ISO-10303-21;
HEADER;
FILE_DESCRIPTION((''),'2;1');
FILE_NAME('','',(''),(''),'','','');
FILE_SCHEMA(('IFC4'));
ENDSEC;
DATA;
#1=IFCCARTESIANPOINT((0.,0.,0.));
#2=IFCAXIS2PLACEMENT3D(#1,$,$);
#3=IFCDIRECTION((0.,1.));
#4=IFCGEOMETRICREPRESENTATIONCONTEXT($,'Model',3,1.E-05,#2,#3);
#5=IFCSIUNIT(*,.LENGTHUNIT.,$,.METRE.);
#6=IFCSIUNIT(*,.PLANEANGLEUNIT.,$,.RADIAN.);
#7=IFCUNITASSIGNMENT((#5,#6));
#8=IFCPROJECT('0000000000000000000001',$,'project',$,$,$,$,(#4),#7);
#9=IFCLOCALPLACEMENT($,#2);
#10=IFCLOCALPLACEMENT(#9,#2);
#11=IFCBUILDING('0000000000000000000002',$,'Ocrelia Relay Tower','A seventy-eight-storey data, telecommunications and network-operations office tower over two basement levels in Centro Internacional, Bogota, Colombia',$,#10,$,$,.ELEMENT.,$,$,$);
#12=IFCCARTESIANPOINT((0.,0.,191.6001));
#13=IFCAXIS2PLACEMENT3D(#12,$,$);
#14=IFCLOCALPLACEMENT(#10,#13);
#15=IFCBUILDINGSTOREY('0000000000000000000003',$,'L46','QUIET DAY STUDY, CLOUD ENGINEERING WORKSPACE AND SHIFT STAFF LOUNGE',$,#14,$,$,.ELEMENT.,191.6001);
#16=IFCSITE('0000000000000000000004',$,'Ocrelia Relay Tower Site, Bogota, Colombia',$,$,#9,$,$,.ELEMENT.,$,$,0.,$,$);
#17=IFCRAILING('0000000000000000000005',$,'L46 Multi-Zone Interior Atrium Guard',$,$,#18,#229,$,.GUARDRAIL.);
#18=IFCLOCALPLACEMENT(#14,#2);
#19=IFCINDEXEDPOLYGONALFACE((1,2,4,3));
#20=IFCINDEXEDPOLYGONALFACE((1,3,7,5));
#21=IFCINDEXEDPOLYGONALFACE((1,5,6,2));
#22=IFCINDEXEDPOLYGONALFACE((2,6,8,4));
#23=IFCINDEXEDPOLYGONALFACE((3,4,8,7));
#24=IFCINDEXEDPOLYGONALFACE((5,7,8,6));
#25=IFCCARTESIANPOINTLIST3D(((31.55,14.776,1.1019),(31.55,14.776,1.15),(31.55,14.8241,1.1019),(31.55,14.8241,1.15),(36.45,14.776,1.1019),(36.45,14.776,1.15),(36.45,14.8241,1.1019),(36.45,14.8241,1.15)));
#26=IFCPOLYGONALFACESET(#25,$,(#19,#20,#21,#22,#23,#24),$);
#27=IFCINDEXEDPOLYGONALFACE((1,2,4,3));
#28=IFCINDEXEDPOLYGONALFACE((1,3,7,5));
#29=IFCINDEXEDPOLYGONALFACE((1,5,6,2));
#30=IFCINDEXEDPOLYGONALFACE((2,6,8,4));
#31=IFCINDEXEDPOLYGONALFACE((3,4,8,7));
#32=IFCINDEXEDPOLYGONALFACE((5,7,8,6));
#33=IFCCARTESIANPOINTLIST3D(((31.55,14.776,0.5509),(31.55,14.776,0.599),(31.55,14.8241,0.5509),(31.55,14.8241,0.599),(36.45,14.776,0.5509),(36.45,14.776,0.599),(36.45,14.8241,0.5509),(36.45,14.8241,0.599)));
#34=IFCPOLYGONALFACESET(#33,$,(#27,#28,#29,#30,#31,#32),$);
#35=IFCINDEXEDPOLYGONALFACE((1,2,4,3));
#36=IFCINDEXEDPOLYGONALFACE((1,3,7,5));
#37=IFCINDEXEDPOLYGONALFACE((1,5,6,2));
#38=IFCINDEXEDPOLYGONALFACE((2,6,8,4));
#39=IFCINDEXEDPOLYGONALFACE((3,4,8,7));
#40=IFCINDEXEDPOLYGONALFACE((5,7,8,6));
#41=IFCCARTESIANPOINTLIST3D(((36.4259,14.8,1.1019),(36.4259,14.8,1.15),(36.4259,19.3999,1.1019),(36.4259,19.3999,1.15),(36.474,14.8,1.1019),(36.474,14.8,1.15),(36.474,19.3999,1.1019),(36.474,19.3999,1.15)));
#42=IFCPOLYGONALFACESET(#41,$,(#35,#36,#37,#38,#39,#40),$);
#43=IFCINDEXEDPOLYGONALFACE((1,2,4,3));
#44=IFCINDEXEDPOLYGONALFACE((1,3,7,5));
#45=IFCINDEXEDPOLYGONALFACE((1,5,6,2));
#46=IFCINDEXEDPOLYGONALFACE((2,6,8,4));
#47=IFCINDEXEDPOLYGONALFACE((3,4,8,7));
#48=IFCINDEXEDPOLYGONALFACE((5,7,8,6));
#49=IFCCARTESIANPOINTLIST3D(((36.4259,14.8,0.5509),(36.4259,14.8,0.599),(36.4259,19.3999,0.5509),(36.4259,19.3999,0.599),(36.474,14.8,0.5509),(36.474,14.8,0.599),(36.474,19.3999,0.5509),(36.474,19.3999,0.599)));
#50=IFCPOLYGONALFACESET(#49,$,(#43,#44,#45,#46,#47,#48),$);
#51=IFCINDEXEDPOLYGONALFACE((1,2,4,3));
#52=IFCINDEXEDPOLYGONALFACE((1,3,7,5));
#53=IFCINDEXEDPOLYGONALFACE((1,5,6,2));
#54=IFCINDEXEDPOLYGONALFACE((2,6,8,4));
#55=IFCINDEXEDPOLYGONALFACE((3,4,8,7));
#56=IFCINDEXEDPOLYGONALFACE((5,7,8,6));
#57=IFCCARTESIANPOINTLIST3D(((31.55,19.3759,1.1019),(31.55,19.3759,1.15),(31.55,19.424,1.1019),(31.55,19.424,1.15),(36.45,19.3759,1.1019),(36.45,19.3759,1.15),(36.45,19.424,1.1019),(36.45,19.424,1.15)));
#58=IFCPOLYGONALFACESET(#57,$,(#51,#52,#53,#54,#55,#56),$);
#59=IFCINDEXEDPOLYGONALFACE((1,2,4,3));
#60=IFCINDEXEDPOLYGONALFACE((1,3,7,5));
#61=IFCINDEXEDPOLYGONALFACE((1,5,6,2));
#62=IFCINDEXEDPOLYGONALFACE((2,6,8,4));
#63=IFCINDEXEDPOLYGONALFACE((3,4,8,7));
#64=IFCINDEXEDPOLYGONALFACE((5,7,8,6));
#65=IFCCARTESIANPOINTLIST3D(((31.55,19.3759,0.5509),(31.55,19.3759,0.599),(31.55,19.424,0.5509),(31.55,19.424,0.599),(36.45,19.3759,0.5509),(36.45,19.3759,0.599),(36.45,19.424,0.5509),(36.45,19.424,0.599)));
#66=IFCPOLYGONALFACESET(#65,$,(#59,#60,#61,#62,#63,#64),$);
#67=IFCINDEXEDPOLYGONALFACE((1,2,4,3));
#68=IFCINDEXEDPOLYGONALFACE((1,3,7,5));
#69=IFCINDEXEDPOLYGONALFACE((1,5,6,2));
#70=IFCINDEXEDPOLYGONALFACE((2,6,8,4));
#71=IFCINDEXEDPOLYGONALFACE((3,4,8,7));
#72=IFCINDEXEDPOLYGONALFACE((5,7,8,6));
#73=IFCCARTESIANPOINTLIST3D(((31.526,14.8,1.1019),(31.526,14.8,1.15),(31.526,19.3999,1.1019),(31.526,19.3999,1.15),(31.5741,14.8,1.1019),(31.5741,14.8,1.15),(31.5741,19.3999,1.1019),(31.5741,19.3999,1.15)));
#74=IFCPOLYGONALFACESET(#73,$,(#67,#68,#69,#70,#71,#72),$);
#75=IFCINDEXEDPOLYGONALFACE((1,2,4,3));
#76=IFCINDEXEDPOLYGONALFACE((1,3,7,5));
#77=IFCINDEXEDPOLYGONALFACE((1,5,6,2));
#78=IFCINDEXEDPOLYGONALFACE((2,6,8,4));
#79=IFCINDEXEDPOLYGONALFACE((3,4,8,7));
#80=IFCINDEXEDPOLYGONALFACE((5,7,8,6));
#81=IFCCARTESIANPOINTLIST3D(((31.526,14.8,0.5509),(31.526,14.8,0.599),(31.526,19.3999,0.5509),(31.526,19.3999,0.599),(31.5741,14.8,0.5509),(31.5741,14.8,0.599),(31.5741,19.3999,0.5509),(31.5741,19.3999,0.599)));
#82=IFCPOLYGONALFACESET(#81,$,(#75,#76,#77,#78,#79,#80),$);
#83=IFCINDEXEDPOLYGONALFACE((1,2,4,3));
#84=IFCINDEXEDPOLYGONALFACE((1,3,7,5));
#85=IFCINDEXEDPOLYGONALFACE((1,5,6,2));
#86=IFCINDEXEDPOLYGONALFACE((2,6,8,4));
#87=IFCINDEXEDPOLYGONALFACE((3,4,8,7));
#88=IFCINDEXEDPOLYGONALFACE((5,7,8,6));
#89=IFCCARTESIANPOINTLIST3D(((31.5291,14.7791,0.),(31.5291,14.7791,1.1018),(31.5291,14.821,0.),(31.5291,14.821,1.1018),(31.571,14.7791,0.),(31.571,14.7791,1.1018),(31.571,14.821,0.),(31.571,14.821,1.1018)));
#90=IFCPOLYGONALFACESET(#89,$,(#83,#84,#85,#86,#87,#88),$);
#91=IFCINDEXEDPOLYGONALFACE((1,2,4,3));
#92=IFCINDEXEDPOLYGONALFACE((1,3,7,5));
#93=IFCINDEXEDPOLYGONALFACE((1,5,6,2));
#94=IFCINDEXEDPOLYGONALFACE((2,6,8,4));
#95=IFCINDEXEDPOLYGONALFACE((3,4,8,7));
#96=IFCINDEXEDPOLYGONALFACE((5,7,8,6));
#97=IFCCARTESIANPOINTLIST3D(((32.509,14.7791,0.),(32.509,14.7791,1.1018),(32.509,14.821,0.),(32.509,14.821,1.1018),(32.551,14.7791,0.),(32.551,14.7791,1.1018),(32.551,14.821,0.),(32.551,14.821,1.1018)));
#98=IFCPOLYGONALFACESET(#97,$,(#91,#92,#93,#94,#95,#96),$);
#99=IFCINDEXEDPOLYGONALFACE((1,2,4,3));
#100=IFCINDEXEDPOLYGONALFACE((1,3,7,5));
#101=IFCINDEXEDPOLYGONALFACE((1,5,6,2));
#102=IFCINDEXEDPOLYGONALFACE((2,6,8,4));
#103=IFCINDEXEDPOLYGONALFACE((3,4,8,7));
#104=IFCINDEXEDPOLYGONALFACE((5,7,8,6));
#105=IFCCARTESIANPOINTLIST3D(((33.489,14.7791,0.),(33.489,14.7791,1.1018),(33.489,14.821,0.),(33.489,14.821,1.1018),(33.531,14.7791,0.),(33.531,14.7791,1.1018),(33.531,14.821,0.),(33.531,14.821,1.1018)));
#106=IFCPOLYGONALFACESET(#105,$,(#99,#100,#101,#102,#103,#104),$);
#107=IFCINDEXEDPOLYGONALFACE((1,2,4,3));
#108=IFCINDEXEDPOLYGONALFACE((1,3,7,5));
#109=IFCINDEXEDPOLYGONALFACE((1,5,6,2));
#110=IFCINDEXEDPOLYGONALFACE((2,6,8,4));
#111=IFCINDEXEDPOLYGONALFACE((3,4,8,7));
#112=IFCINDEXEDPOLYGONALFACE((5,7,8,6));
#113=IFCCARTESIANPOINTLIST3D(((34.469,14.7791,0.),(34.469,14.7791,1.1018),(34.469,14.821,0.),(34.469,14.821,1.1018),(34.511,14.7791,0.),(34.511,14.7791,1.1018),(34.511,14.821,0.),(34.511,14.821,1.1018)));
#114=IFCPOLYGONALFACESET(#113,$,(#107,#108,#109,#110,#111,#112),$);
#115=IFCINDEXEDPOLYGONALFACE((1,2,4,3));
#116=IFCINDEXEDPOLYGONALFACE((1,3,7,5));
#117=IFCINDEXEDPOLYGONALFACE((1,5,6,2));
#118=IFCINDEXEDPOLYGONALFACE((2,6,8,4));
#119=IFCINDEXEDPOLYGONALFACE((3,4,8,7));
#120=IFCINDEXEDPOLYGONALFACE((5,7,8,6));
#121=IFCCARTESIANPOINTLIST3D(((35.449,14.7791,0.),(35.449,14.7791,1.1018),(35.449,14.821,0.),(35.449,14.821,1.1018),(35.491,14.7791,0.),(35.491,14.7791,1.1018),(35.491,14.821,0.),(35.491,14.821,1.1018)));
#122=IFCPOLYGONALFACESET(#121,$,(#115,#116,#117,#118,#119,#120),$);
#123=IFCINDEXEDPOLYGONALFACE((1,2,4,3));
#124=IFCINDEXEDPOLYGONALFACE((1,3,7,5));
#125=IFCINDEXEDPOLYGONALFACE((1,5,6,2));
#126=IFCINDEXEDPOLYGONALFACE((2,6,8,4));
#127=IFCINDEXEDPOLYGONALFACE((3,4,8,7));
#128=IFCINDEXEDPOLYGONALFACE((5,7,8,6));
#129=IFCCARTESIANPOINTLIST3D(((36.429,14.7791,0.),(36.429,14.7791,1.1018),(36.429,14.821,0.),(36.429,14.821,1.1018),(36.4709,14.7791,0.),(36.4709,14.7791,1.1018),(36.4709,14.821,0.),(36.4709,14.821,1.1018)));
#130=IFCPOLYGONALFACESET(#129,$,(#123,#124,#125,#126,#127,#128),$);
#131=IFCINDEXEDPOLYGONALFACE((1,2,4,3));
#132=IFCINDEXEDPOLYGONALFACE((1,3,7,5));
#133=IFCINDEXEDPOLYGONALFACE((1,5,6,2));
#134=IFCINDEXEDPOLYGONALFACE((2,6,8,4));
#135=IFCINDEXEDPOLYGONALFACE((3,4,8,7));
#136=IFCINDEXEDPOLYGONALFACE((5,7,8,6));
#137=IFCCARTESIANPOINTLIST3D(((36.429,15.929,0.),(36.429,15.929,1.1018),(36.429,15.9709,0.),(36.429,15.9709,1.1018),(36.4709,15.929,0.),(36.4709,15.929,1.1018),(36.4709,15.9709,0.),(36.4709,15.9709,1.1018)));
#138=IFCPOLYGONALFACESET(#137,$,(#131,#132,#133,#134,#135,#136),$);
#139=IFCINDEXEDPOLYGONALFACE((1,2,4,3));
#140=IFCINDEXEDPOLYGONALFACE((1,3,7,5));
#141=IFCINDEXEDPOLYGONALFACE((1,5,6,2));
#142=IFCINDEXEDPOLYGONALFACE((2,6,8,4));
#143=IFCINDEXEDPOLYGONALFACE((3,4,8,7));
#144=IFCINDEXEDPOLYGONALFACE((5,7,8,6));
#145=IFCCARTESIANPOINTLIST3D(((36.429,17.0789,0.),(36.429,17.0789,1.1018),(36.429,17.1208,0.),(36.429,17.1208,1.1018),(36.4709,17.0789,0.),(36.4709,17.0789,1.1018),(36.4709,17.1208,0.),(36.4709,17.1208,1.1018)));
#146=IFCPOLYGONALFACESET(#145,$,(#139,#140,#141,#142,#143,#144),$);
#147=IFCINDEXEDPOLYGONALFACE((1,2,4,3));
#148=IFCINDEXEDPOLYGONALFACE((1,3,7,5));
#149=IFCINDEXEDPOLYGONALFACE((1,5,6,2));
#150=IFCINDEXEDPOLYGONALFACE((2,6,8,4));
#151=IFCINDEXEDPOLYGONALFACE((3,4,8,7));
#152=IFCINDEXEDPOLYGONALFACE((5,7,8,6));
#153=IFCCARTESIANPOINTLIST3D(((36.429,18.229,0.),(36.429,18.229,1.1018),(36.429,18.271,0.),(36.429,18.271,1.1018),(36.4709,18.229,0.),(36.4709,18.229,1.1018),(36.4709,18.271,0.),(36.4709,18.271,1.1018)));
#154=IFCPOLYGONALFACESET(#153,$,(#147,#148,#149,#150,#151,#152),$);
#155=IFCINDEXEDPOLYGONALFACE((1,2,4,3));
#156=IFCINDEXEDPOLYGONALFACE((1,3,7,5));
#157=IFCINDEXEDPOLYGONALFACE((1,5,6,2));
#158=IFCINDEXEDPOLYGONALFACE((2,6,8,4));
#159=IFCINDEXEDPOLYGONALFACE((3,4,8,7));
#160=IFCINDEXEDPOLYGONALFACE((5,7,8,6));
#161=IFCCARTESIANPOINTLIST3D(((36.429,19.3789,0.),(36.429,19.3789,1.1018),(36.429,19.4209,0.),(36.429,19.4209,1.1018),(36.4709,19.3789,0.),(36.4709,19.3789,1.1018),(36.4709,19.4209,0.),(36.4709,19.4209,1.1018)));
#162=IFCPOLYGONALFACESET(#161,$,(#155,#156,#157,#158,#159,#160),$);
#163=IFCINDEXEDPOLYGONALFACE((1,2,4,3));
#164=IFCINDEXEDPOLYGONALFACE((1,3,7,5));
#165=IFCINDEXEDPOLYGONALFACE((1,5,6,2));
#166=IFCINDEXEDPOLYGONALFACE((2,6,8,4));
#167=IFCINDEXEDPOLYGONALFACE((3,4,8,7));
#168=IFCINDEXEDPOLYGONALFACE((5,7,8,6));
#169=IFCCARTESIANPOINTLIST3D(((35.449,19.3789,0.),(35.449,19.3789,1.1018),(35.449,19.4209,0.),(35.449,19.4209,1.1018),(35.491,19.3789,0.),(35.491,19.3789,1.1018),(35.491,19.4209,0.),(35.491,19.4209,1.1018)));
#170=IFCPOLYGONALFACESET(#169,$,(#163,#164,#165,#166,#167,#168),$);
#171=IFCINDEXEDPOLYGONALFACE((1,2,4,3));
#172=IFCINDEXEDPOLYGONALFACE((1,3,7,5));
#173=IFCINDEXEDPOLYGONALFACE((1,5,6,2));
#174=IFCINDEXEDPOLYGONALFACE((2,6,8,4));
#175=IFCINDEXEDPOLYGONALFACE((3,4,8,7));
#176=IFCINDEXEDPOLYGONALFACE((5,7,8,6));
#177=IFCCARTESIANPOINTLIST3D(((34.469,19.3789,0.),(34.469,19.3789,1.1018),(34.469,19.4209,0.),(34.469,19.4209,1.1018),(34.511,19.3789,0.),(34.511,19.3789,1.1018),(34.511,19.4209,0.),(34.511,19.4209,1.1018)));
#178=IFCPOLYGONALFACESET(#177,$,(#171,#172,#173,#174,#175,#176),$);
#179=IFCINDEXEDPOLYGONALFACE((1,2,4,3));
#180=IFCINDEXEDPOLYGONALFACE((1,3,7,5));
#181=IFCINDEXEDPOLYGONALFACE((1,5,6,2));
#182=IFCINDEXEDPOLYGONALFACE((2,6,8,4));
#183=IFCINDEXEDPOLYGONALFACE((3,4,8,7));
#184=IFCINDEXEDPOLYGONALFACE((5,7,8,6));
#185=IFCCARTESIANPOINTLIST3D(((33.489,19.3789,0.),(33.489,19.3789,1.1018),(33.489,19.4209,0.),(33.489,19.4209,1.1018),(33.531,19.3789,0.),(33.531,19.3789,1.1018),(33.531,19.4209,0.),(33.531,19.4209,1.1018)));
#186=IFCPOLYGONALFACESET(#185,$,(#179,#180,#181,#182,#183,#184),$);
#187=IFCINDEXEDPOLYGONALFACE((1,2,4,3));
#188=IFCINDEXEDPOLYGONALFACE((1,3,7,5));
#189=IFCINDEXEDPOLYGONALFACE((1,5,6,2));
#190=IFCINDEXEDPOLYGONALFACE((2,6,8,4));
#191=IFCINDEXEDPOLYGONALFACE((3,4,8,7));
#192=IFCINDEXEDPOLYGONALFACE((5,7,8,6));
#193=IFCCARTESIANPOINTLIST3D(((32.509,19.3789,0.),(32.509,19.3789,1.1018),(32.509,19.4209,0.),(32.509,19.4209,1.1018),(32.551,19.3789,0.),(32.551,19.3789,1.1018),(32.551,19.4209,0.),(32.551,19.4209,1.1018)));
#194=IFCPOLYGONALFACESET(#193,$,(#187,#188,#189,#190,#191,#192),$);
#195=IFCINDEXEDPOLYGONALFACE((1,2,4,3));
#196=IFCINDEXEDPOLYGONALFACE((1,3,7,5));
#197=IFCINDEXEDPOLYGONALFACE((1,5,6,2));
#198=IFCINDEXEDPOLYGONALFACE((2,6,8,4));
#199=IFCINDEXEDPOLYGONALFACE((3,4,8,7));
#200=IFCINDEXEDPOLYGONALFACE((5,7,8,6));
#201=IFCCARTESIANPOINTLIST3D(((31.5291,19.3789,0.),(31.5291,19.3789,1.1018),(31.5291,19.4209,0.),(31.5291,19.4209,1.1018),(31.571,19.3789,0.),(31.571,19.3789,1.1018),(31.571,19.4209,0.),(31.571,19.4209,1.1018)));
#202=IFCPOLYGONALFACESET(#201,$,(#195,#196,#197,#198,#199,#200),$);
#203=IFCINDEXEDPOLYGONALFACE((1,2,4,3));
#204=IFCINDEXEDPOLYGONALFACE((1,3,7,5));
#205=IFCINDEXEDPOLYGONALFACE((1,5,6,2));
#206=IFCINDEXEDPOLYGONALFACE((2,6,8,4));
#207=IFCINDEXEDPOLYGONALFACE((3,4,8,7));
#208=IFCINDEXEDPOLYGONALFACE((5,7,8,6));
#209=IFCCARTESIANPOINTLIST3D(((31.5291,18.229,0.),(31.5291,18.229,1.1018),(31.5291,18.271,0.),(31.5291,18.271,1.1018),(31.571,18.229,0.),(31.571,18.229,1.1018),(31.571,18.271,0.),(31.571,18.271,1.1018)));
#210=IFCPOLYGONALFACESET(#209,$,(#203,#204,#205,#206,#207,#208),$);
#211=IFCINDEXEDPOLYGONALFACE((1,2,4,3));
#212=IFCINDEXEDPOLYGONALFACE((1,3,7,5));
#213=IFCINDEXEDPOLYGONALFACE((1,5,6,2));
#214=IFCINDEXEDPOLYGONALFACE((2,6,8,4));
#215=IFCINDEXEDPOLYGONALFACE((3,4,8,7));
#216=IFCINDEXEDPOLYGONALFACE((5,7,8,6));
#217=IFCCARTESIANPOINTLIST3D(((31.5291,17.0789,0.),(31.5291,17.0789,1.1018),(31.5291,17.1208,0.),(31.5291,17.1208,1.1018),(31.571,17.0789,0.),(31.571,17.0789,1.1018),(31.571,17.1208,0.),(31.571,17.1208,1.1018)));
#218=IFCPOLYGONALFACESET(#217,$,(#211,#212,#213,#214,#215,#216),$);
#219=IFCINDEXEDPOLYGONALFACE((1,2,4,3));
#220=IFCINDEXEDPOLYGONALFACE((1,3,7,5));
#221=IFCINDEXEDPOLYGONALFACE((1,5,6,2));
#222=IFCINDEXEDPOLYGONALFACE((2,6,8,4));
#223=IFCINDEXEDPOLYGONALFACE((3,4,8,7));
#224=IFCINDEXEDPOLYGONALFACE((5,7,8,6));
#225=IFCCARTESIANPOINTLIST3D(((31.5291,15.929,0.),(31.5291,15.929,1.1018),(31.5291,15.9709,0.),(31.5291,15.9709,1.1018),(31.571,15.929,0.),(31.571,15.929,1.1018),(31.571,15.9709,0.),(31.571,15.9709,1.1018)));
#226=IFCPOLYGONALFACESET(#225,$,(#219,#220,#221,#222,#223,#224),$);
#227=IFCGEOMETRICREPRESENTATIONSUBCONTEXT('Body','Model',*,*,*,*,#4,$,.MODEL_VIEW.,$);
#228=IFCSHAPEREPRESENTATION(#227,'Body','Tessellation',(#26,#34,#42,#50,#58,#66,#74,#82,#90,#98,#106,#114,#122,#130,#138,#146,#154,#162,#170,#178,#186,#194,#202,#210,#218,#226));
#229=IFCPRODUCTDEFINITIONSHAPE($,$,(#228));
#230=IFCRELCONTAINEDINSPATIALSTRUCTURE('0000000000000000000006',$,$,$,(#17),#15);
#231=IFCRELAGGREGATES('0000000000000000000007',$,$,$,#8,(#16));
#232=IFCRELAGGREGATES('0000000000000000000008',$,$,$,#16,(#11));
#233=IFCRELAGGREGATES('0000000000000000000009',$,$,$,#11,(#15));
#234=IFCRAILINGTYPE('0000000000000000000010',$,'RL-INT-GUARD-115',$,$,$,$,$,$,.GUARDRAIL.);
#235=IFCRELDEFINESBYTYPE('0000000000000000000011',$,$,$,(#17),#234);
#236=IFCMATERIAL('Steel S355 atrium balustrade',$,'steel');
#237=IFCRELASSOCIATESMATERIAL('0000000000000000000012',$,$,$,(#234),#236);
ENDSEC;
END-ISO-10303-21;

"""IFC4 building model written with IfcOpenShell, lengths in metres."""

from ifc_helpers import new_model, si_unit, direction, frame, origin, origin_2d, place, context, subcontext, project, spatial, rectangle, extrude, material, type_object, element, save


model = new_model("IFC4")

# Units and contexts
model_context = context("Model", 3, precision=1e-05, world=origin(), true_north=direction((0.0, 1.0)))
body_context = subcontext(model_context, "Body", "Model", "MODEL_VIEW")
ifc_project = project(units=[si_unit("LENGTHUNIT", "METRE"), si_unit("PLANEANGLEUNIT", "RADIAN")], contexts=[model_context])

# Site, building, storey
site_placement = place(None, origin())
site = spatial("IfcSite", under=ifc_project, at=site_placement, Name="Ocrelia Relay Tower Site, Bogota, Colombia", CompositionType="ELEMENT", RefElevation=0.0)
building_placement = place(site_placement, origin())
building = spatial("IfcBuilding", under=site, at=building_placement, Name="Ocrelia Relay Tower", Description="A seventy-eight-storey data, telecommunications and network-operations office tower over two basement levels in Centro Internacional, Bogota, Colombia", CompositionType="ELEMENT")
storey_placement = place(building_placement, frame((0.0, 0.0, 191.6001)))
storey = spatial("IfcBuildingStorey", under=building, at=storey_placement, Name="L46", Description="QUIET DAY STUDY, CLOUD ENGINEERING WORKSPACE AND SHIFT STAFF LOUNGE", CompositionType="ELEMENT", Elevation=191.6001)

# Railing
ifc_material_1 = material(Name="Steel S355 atrium balustrade", Category="steel")
railing_type_1 = type_object("IfcRailingType", Name="RL-INT-GUARD-115", PredefinedType="GUARDRAIL", material=ifc_material_1)
railing_1_placement = place(storey_placement, frame((31.55, 14.8, 0.0)))
element("IfcRailing", 1, at=railing_1_placement, inside=storey, type_object=railing_type_1, Name="L46 Multi-Zone Interior Atrium Guard", PredefinedType="GUARDRAIL", context=body_context, shape_type="SweptSolid", body=[
    extrude(rectangle(XDim=0.0481, YDim=0.0481, at=origin_2d()), frame((0.0, 0.0, 1.126), z_axis=(1.0, 0.0, 0.0), x_axis=(0.0, 1.0, 0.0)), (0.0, 0.0, 1.0), 4.8999),
    extrude(rectangle(XDim=0.0481, YDim=0.0481, at=origin_2d()), frame((0.0, 0.0, 0.575), z_axis=(1.0, 0.0, 0.0), x_axis=(0.0, 1.0, 0.0)), (0.0, 0.0, 1.0), 4.8999),
    extrude(rectangle(XDim=0.0481, YDim=0.0481, at=origin_2d()), frame((4.8999, 0.0, 1.126), z_axis=(0.0, 1.0, 0.0), x_axis=(-1.0, 0.0, 0.0)), (0.0, 0.0, 1.0), 4.5999),
    extrude(rectangle(XDim=0.0481, YDim=0.0481, at=origin_2d()), frame((4.8999, 0.0, 0.575), z_axis=(0.0, 1.0, 0.0), x_axis=(-1.0, 0.0, 0.0)), (0.0, 0.0, 1.0), 4.5999),
    extrude(rectangle(XDim=0.0481, YDim=0.0481, at=origin_2d()), frame((4.8999, 4.5999, 1.126), z_axis=(-1.0, 0.0, 0.0), x_axis=(0.0, -1.0, 0.0)), (0.0, 0.0, 1.0), 4.8999),
    extrude(rectangle(XDim=0.0481, YDim=0.0481, at=origin_2d()), frame((4.8999, 4.5999, 0.575), z_axis=(-1.0, 0.0, 0.0), x_axis=(0.0, -1.0, 0.0)), (0.0, 0.0, 1.0), 4.8999),
    extrude(rectangle(XDim=0.0481, YDim=0.0481, at=origin_2d()), frame((0.0, 4.5999, 1.126), z_axis=(0.0, -1.0, 0.0), x_axis=(1.0, 0.0, 0.0)), (0.0, 0.0, 1.0), 4.5999),
    extrude(rectangle(XDim=0.0481, YDim=0.0481, at=origin_2d()), frame((0.0, 4.5999, 0.575), z_axis=(0.0, -1.0, 0.0), x_axis=(1.0, 0.0, 0.0)), (0.0, 0.0, 1.0), 4.5999),
    extrude(rectangle(XDim=0.042, YDim=0.042, at=origin_2d()), origin(), (0.0, 0.0, 1.0), 1.1018),
    extrude(rectangle(XDim=0.042, YDim=0.042, at=origin_2d()), frame((0.98, 0.0, 0.0)), (0.0, 0.0, 1.0), 1.1018),
    extrude(rectangle(XDim=0.042, YDim=0.042, at=origin_2d()), frame((1.96, 0.0, 0.0)), (0.0, 0.0, 1.0), 1.1018),
    extrude(rectangle(XDim=0.042, YDim=0.042, at=origin_2d()), frame((2.9399, 0.0, 0.0)), (0.0, 0.0, 1.0), 1.1018),
    extrude(rectangle(XDim=0.042, YDim=0.042, at=origin_2d()), frame((3.9199, 0.0, 0.0)), (0.0, 0.0, 1.0), 1.1018),
    extrude(rectangle(XDim=0.042, YDim=0.042, at=origin_2d()), frame((4.8999, 0.0, 0.0)), (0.0, 0.0, 1.0), 1.1018),
    extrude(rectangle(XDim=0.042, YDim=0.042, at=origin_2d()), frame((4.8999, 1.1499, 0.0)), (0.0, 0.0, 1.0), 1.1018),
    extrude(rectangle(XDim=0.042, YDim=0.042, at=origin_2d()), frame((4.8999, 2.2998, 0.0)), (0.0, 0.0, 1.0), 1.1018),
    extrude(rectangle(XDim=0.042, YDim=0.042, at=origin_2d()), frame((4.8999, 3.45, 0.0)), (0.0, 0.0, 1.0), 1.1018),
    extrude(rectangle(XDim=0.042, YDim=0.042, at=origin_2d()), frame((4.8999, 4.5999, 0.0)), (0.0, 0.0, 1.0), 1.1018),
    extrude(rectangle(XDim=0.042, YDim=0.042, at=origin_2d()), frame((3.9199, 4.5999, 0.0)), (0.0, 0.0, 1.0), 1.1018),
    extrude(rectangle(XDim=0.042, YDim=0.042, at=origin_2d()), frame((2.9399, 4.5999, 0.0)), (0.0, 0.0, 1.0), 1.1018),
    extrude(rectangle(XDim=0.042, YDim=0.042, at=origin_2d()), frame((1.96, 4.5999, 0.0)), (0.0, 0.0, 1.0), 1.1018),
    extrude(rectangle(XDim=0.042, YDim=0.042, at=origin_2d()), frame((0.98, 4.5999, 0.0)), (0.0, 0.0, 1.0), 1.1018),
    extrude(rectangle(XDim=0.042, YDim=0.042, at=origin_2d()), frame((0.0, 4.5999, 0.0)), (0.0, 0.0, 1.0), 1.1018),
    extrude(rectangle(XDim=0.042, YDim=0.042, at=origin_2d()), frame((0.0, 3.45, 0.0)), (0.0, 0.0, 1.0), 1.1018),
    extrude(rectangle(XDim=0.042, YDim=0.042, at=origin_2d()), frame((0.0, 2.2998, 0.0)), (0.0, 0.0, 1.0), 1.1018),
    extrude(rectangle(XDim=0.042, YDim=0.042, at=origin_2d()), frame((0.0, 1.1499, 0.0)), (0.0, 0.0, 1.0), 1.1018),
])

save(model, "model.ifc")
